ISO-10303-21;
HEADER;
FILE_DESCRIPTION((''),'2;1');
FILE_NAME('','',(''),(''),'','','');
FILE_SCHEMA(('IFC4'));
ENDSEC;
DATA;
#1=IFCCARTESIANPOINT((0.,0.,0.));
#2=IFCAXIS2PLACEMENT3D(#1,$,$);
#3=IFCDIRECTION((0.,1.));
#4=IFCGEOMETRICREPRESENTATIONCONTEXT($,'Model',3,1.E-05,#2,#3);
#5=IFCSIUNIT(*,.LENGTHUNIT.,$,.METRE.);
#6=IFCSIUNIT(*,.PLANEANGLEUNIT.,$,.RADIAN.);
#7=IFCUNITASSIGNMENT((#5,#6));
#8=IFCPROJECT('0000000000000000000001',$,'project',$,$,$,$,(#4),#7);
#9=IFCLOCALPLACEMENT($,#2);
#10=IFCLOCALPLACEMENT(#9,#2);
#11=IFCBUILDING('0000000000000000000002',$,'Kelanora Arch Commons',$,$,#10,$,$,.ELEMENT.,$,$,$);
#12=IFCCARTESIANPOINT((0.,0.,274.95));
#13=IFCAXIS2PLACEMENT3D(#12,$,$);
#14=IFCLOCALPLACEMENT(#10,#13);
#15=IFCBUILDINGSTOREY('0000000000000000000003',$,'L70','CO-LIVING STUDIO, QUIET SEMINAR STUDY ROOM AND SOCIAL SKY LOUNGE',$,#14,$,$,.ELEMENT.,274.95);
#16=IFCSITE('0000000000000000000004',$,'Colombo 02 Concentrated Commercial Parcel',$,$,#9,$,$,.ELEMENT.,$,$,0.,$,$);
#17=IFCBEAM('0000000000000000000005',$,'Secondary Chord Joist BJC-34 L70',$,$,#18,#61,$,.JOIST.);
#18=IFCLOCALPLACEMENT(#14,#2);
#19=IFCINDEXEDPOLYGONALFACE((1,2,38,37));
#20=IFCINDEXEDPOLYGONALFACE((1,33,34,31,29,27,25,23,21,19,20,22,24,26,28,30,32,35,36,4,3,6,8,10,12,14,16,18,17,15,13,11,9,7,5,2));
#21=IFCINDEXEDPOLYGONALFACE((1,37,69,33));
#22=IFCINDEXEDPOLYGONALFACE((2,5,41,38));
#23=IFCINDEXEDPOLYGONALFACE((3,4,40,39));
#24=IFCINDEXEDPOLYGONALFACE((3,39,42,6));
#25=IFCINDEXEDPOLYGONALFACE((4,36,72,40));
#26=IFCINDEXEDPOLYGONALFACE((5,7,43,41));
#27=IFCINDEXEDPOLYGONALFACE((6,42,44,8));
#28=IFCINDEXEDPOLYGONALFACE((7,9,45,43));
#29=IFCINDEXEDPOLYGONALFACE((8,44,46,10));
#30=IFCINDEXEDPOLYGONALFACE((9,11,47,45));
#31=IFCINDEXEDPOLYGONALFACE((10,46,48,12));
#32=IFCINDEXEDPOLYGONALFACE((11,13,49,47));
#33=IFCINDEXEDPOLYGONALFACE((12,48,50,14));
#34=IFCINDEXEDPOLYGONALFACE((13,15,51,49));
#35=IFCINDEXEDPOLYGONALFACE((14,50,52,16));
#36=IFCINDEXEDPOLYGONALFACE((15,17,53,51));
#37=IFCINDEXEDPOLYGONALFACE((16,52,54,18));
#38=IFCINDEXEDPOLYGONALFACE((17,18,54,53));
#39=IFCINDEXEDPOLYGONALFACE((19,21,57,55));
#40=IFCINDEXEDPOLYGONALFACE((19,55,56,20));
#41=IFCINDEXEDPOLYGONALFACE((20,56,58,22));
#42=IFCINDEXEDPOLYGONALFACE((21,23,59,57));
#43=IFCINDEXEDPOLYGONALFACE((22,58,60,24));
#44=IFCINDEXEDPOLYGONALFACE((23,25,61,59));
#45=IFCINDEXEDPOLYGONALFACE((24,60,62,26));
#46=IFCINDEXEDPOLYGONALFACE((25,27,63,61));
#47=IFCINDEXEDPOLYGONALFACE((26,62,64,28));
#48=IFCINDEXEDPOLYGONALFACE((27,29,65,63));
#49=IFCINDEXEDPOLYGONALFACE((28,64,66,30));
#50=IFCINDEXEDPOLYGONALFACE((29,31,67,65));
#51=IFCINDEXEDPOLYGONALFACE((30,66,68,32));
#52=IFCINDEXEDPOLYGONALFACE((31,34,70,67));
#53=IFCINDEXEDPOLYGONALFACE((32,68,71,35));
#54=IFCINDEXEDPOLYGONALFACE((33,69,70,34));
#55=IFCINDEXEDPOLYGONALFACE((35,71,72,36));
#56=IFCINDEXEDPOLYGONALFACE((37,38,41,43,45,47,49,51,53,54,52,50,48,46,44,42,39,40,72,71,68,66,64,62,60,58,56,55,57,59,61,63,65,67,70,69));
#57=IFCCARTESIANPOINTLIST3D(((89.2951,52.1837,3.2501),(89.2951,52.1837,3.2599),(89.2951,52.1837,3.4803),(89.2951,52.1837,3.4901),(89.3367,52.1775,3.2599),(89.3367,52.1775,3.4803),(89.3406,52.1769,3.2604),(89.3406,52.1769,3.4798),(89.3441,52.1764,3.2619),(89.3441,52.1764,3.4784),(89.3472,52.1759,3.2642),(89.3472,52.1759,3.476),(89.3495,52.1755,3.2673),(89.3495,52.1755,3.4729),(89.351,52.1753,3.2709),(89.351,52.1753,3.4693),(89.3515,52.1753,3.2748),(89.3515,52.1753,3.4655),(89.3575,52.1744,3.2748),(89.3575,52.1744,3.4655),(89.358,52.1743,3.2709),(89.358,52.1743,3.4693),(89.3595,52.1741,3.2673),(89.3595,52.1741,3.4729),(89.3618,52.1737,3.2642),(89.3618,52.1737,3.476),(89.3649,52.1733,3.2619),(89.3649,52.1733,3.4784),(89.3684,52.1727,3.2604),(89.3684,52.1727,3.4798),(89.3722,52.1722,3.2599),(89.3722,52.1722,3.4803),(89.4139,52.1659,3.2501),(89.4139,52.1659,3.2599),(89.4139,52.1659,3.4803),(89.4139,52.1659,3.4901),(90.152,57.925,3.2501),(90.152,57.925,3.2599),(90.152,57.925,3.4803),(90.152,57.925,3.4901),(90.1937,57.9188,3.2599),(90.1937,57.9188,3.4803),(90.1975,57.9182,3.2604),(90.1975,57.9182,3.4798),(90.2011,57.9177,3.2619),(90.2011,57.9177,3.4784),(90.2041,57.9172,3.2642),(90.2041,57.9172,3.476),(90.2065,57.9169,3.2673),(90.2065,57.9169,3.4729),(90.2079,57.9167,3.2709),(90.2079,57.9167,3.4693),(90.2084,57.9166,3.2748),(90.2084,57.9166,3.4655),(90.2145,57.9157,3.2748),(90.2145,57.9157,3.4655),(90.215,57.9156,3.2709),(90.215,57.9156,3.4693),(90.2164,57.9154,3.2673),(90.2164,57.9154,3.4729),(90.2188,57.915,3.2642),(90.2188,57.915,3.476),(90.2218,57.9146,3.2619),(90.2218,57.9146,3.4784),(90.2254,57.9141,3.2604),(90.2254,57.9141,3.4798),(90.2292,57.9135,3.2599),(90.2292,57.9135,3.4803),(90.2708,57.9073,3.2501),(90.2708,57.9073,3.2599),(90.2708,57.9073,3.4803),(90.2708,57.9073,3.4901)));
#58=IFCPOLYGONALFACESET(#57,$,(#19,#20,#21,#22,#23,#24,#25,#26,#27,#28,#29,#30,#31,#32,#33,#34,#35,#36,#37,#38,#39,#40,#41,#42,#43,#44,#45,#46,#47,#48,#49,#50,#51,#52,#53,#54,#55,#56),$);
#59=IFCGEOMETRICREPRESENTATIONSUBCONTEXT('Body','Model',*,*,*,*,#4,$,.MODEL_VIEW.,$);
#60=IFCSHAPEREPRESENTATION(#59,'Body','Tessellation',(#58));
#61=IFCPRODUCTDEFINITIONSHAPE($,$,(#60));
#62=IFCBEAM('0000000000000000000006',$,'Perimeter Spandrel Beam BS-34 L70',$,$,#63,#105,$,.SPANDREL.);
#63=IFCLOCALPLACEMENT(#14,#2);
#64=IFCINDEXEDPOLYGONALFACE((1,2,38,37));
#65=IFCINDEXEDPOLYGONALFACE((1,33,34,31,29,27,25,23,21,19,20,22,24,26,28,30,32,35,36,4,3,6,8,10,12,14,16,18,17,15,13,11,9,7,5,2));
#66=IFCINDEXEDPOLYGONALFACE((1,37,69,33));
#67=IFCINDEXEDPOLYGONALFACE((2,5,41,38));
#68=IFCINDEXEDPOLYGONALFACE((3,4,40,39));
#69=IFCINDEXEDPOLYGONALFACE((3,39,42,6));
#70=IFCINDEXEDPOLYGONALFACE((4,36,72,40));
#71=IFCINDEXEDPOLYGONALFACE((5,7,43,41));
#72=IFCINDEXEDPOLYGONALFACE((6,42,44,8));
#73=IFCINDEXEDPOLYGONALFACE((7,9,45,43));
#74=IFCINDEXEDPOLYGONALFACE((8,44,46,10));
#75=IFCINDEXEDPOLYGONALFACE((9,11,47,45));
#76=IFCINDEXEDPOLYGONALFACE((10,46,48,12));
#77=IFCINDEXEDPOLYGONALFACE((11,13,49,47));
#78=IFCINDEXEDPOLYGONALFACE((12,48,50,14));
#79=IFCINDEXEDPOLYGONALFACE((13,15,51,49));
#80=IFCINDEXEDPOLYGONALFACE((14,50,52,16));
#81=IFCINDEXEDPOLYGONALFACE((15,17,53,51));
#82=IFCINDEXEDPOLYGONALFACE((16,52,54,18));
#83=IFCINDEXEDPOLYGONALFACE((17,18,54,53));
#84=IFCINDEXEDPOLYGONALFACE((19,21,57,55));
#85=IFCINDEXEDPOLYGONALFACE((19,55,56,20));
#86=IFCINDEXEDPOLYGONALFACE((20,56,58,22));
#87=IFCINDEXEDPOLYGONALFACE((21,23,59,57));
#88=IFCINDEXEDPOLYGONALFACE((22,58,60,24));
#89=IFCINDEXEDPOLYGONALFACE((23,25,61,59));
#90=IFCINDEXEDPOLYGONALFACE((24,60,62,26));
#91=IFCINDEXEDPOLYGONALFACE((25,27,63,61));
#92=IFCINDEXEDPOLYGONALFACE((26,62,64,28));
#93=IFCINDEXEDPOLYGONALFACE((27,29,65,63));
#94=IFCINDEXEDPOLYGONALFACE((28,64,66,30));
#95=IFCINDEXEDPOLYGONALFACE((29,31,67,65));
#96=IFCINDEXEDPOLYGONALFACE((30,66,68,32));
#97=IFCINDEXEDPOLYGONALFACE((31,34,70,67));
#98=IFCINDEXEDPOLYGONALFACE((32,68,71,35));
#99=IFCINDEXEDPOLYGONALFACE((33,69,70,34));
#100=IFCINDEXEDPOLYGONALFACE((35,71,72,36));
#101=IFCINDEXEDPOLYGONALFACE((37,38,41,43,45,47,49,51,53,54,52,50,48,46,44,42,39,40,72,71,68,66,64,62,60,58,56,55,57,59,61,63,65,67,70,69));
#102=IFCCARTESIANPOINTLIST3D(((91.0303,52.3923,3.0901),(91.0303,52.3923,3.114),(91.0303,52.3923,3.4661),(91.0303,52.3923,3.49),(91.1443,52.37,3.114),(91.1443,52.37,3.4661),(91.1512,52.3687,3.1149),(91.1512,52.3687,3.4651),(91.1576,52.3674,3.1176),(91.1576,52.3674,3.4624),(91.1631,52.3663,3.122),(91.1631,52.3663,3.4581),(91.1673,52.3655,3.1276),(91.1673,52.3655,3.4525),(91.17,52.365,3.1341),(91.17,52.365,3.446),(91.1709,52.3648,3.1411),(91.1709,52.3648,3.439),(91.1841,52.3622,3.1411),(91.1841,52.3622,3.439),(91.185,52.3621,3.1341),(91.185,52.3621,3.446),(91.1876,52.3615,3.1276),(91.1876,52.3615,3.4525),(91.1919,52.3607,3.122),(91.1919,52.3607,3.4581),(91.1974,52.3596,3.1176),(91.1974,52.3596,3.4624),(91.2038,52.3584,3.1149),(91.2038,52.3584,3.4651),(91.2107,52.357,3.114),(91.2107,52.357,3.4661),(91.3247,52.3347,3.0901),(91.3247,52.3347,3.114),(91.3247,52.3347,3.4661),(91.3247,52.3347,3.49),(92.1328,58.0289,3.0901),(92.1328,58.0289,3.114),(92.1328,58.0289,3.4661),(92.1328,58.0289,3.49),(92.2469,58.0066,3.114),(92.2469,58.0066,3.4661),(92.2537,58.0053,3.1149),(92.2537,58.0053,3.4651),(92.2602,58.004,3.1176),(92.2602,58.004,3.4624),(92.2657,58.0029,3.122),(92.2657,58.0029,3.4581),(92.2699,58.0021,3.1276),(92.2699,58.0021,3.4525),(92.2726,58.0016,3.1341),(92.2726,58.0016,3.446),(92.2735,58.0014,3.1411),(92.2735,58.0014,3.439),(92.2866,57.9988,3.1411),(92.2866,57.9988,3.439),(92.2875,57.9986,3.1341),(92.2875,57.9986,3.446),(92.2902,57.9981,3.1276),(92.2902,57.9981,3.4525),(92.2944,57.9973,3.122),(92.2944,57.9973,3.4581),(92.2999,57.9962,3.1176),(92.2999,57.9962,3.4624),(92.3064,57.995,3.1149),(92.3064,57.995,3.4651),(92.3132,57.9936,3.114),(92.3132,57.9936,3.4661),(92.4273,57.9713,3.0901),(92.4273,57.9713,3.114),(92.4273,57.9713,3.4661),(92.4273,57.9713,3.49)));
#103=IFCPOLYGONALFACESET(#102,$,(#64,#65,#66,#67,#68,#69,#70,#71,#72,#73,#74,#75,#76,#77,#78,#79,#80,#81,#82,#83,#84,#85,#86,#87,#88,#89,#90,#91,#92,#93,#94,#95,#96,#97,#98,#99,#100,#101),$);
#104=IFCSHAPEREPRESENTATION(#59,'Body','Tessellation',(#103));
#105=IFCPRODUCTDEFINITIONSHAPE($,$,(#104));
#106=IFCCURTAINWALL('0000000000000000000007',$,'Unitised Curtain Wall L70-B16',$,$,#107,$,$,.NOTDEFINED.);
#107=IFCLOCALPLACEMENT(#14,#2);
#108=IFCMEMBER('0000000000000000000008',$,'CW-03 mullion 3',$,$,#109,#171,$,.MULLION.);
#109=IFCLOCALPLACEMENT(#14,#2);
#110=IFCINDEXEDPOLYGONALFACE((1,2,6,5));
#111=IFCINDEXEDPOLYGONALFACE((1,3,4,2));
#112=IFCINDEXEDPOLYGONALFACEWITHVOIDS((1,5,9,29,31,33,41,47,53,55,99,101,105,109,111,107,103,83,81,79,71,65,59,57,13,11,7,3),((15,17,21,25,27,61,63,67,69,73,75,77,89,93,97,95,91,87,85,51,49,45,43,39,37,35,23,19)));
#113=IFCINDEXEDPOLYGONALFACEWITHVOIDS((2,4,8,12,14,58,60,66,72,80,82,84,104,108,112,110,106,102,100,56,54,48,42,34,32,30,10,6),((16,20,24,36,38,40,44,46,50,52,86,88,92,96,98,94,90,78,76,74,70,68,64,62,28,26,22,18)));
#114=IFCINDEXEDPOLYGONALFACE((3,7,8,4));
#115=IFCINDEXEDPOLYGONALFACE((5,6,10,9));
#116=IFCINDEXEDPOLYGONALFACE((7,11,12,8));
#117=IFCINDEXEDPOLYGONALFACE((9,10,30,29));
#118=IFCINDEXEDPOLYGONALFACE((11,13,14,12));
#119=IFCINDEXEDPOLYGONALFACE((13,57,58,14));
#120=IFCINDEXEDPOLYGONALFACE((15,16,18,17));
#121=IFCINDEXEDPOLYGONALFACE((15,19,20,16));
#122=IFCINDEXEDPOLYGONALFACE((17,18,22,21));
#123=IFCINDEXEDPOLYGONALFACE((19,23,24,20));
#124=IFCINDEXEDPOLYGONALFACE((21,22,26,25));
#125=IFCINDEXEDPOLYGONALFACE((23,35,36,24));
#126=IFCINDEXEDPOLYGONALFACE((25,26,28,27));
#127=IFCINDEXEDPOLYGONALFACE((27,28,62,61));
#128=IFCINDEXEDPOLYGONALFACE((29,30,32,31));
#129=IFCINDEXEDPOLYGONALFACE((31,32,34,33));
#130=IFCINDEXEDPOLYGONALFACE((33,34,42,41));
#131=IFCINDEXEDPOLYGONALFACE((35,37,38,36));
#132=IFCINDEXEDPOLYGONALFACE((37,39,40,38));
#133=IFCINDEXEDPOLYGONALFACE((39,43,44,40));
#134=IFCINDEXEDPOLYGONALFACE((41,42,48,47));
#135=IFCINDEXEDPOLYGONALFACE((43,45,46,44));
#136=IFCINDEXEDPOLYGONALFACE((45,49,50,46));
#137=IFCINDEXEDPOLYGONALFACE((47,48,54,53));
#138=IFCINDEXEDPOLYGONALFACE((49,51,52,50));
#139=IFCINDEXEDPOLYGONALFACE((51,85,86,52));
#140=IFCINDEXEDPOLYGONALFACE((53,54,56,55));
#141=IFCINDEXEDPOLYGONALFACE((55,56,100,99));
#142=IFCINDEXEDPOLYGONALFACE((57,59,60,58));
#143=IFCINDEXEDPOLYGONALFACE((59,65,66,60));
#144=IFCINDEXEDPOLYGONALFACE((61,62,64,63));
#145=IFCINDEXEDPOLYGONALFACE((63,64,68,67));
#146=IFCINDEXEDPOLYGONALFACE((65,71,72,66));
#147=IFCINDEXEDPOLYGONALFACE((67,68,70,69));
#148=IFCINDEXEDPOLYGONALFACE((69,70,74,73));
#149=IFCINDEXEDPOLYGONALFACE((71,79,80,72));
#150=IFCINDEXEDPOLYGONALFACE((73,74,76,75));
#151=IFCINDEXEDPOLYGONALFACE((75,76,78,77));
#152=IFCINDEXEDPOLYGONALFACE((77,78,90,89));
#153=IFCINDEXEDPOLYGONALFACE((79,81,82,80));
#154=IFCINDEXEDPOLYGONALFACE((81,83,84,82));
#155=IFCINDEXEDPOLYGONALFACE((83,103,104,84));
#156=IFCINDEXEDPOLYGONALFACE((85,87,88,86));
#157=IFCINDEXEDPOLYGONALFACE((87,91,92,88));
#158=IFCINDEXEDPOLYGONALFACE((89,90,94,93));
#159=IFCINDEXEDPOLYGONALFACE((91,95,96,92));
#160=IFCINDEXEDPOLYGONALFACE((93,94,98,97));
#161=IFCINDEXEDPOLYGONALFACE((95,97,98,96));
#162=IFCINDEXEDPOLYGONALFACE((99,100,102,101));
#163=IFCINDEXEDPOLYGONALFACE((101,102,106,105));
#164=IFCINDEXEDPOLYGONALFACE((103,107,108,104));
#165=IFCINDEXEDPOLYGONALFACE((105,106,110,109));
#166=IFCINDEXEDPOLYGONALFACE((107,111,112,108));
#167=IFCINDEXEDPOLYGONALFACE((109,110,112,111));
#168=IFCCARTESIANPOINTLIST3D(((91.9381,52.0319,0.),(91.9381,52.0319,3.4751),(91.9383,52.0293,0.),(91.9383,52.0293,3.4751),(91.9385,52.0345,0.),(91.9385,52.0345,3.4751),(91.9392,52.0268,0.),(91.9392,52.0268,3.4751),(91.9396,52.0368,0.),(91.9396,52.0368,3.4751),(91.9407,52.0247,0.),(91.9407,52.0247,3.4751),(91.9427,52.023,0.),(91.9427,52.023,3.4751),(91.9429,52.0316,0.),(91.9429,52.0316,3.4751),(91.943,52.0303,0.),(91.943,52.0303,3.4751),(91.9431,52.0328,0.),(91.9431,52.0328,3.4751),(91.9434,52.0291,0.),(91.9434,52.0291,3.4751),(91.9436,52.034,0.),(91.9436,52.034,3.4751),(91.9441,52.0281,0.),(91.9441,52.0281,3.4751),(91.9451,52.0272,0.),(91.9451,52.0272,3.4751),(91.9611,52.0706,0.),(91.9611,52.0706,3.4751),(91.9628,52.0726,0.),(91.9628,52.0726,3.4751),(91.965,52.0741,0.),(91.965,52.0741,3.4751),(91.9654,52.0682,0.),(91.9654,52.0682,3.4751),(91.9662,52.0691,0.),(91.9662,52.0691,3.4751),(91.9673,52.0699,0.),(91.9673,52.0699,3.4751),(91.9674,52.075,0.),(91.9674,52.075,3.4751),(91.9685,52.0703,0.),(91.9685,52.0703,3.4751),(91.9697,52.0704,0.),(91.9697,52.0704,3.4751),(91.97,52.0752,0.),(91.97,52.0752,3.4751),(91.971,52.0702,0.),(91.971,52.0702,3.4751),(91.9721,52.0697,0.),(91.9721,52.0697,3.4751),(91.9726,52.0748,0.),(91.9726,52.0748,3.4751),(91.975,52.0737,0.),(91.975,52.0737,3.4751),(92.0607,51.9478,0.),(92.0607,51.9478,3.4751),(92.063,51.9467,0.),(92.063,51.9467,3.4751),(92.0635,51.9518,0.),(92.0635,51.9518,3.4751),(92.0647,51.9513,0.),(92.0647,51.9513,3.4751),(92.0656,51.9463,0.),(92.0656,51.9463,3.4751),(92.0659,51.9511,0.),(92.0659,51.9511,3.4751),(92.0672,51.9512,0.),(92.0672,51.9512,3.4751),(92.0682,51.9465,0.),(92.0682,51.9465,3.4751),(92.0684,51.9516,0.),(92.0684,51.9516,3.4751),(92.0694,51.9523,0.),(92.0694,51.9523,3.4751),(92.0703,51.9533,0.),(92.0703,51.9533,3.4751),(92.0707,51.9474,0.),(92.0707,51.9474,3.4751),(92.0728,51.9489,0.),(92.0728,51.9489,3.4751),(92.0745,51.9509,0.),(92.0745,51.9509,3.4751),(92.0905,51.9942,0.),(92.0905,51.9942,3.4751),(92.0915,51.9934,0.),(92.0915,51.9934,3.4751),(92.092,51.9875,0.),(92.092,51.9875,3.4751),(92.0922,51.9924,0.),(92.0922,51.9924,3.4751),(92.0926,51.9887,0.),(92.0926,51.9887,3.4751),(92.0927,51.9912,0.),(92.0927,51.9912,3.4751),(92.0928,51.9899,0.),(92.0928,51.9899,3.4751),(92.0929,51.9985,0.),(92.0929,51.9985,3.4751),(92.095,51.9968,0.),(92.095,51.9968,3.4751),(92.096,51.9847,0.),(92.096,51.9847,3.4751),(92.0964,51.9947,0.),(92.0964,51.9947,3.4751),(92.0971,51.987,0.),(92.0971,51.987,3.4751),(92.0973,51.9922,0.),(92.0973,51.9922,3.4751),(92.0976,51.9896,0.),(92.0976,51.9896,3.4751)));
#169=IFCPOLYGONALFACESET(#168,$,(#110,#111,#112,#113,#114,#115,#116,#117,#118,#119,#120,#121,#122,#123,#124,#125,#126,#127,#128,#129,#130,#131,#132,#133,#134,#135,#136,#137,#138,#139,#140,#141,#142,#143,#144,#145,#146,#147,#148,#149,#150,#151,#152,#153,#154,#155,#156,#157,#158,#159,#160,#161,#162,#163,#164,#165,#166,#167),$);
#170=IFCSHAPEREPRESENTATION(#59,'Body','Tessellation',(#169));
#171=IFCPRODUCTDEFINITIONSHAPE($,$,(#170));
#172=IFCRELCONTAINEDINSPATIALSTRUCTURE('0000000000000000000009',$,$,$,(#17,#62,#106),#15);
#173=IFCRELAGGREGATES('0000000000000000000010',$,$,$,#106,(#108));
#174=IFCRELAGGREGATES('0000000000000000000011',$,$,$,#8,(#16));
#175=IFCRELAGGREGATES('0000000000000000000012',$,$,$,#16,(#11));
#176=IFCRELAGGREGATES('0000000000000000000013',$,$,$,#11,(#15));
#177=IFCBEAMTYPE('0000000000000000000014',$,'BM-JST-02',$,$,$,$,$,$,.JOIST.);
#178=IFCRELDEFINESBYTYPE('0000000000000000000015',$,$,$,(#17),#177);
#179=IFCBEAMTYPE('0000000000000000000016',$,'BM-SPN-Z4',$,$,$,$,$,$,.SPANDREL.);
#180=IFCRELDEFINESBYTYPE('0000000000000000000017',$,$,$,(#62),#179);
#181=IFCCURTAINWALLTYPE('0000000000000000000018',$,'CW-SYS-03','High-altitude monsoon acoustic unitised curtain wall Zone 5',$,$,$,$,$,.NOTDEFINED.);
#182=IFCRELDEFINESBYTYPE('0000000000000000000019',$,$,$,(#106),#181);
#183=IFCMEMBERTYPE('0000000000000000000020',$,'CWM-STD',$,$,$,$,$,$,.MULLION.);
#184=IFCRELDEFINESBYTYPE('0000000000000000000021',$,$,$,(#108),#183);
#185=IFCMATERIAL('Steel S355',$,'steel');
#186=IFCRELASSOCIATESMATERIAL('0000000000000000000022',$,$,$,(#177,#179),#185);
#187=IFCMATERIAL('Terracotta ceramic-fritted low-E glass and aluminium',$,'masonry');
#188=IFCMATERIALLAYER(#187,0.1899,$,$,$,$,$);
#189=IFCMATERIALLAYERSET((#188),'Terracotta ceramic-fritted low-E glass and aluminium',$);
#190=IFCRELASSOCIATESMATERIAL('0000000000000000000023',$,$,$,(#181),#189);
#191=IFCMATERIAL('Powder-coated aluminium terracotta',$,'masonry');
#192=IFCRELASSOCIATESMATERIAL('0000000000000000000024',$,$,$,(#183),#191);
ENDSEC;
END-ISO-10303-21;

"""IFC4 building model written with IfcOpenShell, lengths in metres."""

from ifc_helpers import new_model, si_unit, direction, frame, origin, origin_2d, place, context, subcontext, project, spatial, hollow_rectangle, i_section, extrude, material, layer, layer_set, material_profile, profile_set, type_object, element, aggregate, save


model = new_model("IFC4")

# Units and contexts
model_context = context("Model", 3, precision=1e-05, world=origin(), true_north=direction((0.0, 1.0)))
body_context = subcontext(model_context, "Body", "Model", "MODEL_VIEW")
ifc_project = project(units=[si_unit("LENGTHUNIT", "METRE"), si_unit("PLANEANGLEUNIT", "RADIAN")], contexts=[model_context])

# Site, building, storey
site_placement = place(None, origin())
site = spatial("IfcSite", under=ifc_project, at=site_placement, Name="Colombo 02 Concentrated Commercial Parcel", CompositionType="ELEMENT", RefElevation=0.0)
building_placement = place(site_placement, origin())
building = spatial("IfcBuilding", under=site, at=building_placement, Name="Kelanora Arch Commons", CompositionType="ELEMENT")
storey_placement = place(building_placement, frame((0.0, 0.0, 274.95)))
storey = spatial("IfcBuildingStorey", under=building, at=storey_placement, Name="L70", Description="CO-LIVING STUDIO, QUIET SEMINAR STUDY ROOM AND SOCIAL SKY LOUNGE", CompositionType="ELEMENT", Elevation=274.95)

# Beams
ifc_material_1 = material(Name="Steel S355", Category="steel")
ifc_material_profile_1 = material_profile(ifc_material_1, i_section(OverallWidth=0.1201, OverallDepth=0.24, WebThickness=0.0061, FlangeThickness=0.0098, FilletRadius=0.0149, at=origin_2d()), Name="IPE240")
ifc_profile_set_1 = profile_set([ifc_material_profile_1], Name="Steel S355")
beam_type_1 = type_object("IfcBeamType", Name="BM-JST-02", PredefinedType="JOIST", material=ifc_profile_set_1)
beam_1_placement = place(storey_placement, frame((89.3545, 52.1748, 3.3701), z_axis=(0.147625, 0.989043, 0.0), x_axis=(-0.989043, 0.147625, 0.0)))
element("IfcBeam", 1, at=beam_1_placement, inside=storey, type_object=beam_type_1, Name="Secondary Chord Joist BJC-34 L70", PredefinedType="JOIST", context=body_context, shape_type="SweptSolid", body=[
    extrude(i_section(OverallWidth=0.1201, OverallDepth=0.24, WebThickness=0.0061, FlangeThickness=0.0098, FilletRadius=0.0149, at=origin_2d()), origin(), (0.0, 0.0, 1.0), 5.8049),
])
ifc_material_profile_2 = material_profile(ifc_material_1, i_section(OverallWidth=0.3, OverallDepth=0.3999, WebThickness=0.0134, FlangeThickness=0.0239, FilletRadius=0.0271, at=origin_2d()), Name="HEB400")
ifc_profile_set_2 = profile_set([ifc_material_profile_2], Name="Steel S355")
beam_type_2 = type_object("IfcBeamType", Name="BM-SPN-Z4", PredefinedType="SPANDREL", material=ifc_profile_set_2)
beam_2_placement = place(storey_placement, frame((91.1775, 52.3635, 3.29), z_axis=(0.19197, 0.981401, 0.0), x_axis=(-0.981401, 0.19197, 0.0)))
element("IfcBeam", 2, at=beam_2_placement, inside=storey, type_object=beam_type_2, Name="Perimeter Spandrel Beam BS-34 L70", PredefinedType="SPANDREL", context=body_context, shape_type="SweptSolid", body=[
    extrude(i_section(OverallWidth=0.3, OverallDepth=0.3999, WebThickness=0.0134, FlangeThickness=0.0239, FilletRadius=0.0271, at=origin_2d()), origin(), (0.0, 0.0, 1.0), 5.7434),
])

# Curtain wall, member
ifc_material_2 = material(Name="Terracotta ceramic-fritted low-E glass and aluminium", Category="masonry")
ifc_layer_1 = layer(ifc_material_2, 0.1899)
ifc_layer_set_1 = layer_set([ifc_layer_1], Name="Terracotta ceramic-fritted low-E glass and aluminium")
curtain_wall_type = type_object("IfcCurtainWallType", Name="CW-SYS-03", Description="High-altitude monsoon acoustic unitised curtain wall Zone 5", PredefinedType="NOTDEFINED", material=ifc_layer_set_1)
curtain_wall_placement = place(storey_placement, origin())
curtain_wall = element("IfcCurtainWall", 3, at=curtain_wall_placement, inside=storey, type_object=curtain_wall_type, Name="Unitised Curtain Wall L70-B16", PredefinedType="NOTDEFINED")
ifc_material_3 = material(Name="Powder-coated aluminium terracotta", Category="masonry")
ifc_material_profile_3 = material_profile(ifc_material_3, hollow_rectangle(XDim=0.1599, YDim=0.0601, WallThickness=0.0049, InnerFilletRadius=0.0049, OuterFilletRadius=0.01, at=origin_2d()), Name="CWM160x60")
ifc_profile_set_3 = profile_set([ifc_material_profile_3], Name="Powder-coated aluminium terracotta")
member_type_1 = type_object("IfcMemberType", Name="CWM-STD", PredefinedType="MULLION", material=ifc_profile_set_3)
member_1_placement = place(storey_placement, frame((92.0178, 52.0107, 0.0), z_axis=(0.0, 0.0, 1.0), x_axis=(-0.843391, 0.5373, 0.0)))
member_1 = element("IfcMember", 4, at=member_1_placement, type_object=member_type_1, Name="CW-03 mullion 3", PredefinedType="MULLION", context=body_context, shape_type="SweptSolid", body=[
    extrude(hollow_rectangle(XDim=0.1599, YDim=0.0601, WallThickness=0.0049, InnerFilletRadius=0.0049, OuterFilletRadius=0.01, at=origin_2d()), origin(), (0.0, 0.0, 1.0), 3.4751),
])
aggregate(curtain_wall, [member_1])

save(model, "model.ifc")
